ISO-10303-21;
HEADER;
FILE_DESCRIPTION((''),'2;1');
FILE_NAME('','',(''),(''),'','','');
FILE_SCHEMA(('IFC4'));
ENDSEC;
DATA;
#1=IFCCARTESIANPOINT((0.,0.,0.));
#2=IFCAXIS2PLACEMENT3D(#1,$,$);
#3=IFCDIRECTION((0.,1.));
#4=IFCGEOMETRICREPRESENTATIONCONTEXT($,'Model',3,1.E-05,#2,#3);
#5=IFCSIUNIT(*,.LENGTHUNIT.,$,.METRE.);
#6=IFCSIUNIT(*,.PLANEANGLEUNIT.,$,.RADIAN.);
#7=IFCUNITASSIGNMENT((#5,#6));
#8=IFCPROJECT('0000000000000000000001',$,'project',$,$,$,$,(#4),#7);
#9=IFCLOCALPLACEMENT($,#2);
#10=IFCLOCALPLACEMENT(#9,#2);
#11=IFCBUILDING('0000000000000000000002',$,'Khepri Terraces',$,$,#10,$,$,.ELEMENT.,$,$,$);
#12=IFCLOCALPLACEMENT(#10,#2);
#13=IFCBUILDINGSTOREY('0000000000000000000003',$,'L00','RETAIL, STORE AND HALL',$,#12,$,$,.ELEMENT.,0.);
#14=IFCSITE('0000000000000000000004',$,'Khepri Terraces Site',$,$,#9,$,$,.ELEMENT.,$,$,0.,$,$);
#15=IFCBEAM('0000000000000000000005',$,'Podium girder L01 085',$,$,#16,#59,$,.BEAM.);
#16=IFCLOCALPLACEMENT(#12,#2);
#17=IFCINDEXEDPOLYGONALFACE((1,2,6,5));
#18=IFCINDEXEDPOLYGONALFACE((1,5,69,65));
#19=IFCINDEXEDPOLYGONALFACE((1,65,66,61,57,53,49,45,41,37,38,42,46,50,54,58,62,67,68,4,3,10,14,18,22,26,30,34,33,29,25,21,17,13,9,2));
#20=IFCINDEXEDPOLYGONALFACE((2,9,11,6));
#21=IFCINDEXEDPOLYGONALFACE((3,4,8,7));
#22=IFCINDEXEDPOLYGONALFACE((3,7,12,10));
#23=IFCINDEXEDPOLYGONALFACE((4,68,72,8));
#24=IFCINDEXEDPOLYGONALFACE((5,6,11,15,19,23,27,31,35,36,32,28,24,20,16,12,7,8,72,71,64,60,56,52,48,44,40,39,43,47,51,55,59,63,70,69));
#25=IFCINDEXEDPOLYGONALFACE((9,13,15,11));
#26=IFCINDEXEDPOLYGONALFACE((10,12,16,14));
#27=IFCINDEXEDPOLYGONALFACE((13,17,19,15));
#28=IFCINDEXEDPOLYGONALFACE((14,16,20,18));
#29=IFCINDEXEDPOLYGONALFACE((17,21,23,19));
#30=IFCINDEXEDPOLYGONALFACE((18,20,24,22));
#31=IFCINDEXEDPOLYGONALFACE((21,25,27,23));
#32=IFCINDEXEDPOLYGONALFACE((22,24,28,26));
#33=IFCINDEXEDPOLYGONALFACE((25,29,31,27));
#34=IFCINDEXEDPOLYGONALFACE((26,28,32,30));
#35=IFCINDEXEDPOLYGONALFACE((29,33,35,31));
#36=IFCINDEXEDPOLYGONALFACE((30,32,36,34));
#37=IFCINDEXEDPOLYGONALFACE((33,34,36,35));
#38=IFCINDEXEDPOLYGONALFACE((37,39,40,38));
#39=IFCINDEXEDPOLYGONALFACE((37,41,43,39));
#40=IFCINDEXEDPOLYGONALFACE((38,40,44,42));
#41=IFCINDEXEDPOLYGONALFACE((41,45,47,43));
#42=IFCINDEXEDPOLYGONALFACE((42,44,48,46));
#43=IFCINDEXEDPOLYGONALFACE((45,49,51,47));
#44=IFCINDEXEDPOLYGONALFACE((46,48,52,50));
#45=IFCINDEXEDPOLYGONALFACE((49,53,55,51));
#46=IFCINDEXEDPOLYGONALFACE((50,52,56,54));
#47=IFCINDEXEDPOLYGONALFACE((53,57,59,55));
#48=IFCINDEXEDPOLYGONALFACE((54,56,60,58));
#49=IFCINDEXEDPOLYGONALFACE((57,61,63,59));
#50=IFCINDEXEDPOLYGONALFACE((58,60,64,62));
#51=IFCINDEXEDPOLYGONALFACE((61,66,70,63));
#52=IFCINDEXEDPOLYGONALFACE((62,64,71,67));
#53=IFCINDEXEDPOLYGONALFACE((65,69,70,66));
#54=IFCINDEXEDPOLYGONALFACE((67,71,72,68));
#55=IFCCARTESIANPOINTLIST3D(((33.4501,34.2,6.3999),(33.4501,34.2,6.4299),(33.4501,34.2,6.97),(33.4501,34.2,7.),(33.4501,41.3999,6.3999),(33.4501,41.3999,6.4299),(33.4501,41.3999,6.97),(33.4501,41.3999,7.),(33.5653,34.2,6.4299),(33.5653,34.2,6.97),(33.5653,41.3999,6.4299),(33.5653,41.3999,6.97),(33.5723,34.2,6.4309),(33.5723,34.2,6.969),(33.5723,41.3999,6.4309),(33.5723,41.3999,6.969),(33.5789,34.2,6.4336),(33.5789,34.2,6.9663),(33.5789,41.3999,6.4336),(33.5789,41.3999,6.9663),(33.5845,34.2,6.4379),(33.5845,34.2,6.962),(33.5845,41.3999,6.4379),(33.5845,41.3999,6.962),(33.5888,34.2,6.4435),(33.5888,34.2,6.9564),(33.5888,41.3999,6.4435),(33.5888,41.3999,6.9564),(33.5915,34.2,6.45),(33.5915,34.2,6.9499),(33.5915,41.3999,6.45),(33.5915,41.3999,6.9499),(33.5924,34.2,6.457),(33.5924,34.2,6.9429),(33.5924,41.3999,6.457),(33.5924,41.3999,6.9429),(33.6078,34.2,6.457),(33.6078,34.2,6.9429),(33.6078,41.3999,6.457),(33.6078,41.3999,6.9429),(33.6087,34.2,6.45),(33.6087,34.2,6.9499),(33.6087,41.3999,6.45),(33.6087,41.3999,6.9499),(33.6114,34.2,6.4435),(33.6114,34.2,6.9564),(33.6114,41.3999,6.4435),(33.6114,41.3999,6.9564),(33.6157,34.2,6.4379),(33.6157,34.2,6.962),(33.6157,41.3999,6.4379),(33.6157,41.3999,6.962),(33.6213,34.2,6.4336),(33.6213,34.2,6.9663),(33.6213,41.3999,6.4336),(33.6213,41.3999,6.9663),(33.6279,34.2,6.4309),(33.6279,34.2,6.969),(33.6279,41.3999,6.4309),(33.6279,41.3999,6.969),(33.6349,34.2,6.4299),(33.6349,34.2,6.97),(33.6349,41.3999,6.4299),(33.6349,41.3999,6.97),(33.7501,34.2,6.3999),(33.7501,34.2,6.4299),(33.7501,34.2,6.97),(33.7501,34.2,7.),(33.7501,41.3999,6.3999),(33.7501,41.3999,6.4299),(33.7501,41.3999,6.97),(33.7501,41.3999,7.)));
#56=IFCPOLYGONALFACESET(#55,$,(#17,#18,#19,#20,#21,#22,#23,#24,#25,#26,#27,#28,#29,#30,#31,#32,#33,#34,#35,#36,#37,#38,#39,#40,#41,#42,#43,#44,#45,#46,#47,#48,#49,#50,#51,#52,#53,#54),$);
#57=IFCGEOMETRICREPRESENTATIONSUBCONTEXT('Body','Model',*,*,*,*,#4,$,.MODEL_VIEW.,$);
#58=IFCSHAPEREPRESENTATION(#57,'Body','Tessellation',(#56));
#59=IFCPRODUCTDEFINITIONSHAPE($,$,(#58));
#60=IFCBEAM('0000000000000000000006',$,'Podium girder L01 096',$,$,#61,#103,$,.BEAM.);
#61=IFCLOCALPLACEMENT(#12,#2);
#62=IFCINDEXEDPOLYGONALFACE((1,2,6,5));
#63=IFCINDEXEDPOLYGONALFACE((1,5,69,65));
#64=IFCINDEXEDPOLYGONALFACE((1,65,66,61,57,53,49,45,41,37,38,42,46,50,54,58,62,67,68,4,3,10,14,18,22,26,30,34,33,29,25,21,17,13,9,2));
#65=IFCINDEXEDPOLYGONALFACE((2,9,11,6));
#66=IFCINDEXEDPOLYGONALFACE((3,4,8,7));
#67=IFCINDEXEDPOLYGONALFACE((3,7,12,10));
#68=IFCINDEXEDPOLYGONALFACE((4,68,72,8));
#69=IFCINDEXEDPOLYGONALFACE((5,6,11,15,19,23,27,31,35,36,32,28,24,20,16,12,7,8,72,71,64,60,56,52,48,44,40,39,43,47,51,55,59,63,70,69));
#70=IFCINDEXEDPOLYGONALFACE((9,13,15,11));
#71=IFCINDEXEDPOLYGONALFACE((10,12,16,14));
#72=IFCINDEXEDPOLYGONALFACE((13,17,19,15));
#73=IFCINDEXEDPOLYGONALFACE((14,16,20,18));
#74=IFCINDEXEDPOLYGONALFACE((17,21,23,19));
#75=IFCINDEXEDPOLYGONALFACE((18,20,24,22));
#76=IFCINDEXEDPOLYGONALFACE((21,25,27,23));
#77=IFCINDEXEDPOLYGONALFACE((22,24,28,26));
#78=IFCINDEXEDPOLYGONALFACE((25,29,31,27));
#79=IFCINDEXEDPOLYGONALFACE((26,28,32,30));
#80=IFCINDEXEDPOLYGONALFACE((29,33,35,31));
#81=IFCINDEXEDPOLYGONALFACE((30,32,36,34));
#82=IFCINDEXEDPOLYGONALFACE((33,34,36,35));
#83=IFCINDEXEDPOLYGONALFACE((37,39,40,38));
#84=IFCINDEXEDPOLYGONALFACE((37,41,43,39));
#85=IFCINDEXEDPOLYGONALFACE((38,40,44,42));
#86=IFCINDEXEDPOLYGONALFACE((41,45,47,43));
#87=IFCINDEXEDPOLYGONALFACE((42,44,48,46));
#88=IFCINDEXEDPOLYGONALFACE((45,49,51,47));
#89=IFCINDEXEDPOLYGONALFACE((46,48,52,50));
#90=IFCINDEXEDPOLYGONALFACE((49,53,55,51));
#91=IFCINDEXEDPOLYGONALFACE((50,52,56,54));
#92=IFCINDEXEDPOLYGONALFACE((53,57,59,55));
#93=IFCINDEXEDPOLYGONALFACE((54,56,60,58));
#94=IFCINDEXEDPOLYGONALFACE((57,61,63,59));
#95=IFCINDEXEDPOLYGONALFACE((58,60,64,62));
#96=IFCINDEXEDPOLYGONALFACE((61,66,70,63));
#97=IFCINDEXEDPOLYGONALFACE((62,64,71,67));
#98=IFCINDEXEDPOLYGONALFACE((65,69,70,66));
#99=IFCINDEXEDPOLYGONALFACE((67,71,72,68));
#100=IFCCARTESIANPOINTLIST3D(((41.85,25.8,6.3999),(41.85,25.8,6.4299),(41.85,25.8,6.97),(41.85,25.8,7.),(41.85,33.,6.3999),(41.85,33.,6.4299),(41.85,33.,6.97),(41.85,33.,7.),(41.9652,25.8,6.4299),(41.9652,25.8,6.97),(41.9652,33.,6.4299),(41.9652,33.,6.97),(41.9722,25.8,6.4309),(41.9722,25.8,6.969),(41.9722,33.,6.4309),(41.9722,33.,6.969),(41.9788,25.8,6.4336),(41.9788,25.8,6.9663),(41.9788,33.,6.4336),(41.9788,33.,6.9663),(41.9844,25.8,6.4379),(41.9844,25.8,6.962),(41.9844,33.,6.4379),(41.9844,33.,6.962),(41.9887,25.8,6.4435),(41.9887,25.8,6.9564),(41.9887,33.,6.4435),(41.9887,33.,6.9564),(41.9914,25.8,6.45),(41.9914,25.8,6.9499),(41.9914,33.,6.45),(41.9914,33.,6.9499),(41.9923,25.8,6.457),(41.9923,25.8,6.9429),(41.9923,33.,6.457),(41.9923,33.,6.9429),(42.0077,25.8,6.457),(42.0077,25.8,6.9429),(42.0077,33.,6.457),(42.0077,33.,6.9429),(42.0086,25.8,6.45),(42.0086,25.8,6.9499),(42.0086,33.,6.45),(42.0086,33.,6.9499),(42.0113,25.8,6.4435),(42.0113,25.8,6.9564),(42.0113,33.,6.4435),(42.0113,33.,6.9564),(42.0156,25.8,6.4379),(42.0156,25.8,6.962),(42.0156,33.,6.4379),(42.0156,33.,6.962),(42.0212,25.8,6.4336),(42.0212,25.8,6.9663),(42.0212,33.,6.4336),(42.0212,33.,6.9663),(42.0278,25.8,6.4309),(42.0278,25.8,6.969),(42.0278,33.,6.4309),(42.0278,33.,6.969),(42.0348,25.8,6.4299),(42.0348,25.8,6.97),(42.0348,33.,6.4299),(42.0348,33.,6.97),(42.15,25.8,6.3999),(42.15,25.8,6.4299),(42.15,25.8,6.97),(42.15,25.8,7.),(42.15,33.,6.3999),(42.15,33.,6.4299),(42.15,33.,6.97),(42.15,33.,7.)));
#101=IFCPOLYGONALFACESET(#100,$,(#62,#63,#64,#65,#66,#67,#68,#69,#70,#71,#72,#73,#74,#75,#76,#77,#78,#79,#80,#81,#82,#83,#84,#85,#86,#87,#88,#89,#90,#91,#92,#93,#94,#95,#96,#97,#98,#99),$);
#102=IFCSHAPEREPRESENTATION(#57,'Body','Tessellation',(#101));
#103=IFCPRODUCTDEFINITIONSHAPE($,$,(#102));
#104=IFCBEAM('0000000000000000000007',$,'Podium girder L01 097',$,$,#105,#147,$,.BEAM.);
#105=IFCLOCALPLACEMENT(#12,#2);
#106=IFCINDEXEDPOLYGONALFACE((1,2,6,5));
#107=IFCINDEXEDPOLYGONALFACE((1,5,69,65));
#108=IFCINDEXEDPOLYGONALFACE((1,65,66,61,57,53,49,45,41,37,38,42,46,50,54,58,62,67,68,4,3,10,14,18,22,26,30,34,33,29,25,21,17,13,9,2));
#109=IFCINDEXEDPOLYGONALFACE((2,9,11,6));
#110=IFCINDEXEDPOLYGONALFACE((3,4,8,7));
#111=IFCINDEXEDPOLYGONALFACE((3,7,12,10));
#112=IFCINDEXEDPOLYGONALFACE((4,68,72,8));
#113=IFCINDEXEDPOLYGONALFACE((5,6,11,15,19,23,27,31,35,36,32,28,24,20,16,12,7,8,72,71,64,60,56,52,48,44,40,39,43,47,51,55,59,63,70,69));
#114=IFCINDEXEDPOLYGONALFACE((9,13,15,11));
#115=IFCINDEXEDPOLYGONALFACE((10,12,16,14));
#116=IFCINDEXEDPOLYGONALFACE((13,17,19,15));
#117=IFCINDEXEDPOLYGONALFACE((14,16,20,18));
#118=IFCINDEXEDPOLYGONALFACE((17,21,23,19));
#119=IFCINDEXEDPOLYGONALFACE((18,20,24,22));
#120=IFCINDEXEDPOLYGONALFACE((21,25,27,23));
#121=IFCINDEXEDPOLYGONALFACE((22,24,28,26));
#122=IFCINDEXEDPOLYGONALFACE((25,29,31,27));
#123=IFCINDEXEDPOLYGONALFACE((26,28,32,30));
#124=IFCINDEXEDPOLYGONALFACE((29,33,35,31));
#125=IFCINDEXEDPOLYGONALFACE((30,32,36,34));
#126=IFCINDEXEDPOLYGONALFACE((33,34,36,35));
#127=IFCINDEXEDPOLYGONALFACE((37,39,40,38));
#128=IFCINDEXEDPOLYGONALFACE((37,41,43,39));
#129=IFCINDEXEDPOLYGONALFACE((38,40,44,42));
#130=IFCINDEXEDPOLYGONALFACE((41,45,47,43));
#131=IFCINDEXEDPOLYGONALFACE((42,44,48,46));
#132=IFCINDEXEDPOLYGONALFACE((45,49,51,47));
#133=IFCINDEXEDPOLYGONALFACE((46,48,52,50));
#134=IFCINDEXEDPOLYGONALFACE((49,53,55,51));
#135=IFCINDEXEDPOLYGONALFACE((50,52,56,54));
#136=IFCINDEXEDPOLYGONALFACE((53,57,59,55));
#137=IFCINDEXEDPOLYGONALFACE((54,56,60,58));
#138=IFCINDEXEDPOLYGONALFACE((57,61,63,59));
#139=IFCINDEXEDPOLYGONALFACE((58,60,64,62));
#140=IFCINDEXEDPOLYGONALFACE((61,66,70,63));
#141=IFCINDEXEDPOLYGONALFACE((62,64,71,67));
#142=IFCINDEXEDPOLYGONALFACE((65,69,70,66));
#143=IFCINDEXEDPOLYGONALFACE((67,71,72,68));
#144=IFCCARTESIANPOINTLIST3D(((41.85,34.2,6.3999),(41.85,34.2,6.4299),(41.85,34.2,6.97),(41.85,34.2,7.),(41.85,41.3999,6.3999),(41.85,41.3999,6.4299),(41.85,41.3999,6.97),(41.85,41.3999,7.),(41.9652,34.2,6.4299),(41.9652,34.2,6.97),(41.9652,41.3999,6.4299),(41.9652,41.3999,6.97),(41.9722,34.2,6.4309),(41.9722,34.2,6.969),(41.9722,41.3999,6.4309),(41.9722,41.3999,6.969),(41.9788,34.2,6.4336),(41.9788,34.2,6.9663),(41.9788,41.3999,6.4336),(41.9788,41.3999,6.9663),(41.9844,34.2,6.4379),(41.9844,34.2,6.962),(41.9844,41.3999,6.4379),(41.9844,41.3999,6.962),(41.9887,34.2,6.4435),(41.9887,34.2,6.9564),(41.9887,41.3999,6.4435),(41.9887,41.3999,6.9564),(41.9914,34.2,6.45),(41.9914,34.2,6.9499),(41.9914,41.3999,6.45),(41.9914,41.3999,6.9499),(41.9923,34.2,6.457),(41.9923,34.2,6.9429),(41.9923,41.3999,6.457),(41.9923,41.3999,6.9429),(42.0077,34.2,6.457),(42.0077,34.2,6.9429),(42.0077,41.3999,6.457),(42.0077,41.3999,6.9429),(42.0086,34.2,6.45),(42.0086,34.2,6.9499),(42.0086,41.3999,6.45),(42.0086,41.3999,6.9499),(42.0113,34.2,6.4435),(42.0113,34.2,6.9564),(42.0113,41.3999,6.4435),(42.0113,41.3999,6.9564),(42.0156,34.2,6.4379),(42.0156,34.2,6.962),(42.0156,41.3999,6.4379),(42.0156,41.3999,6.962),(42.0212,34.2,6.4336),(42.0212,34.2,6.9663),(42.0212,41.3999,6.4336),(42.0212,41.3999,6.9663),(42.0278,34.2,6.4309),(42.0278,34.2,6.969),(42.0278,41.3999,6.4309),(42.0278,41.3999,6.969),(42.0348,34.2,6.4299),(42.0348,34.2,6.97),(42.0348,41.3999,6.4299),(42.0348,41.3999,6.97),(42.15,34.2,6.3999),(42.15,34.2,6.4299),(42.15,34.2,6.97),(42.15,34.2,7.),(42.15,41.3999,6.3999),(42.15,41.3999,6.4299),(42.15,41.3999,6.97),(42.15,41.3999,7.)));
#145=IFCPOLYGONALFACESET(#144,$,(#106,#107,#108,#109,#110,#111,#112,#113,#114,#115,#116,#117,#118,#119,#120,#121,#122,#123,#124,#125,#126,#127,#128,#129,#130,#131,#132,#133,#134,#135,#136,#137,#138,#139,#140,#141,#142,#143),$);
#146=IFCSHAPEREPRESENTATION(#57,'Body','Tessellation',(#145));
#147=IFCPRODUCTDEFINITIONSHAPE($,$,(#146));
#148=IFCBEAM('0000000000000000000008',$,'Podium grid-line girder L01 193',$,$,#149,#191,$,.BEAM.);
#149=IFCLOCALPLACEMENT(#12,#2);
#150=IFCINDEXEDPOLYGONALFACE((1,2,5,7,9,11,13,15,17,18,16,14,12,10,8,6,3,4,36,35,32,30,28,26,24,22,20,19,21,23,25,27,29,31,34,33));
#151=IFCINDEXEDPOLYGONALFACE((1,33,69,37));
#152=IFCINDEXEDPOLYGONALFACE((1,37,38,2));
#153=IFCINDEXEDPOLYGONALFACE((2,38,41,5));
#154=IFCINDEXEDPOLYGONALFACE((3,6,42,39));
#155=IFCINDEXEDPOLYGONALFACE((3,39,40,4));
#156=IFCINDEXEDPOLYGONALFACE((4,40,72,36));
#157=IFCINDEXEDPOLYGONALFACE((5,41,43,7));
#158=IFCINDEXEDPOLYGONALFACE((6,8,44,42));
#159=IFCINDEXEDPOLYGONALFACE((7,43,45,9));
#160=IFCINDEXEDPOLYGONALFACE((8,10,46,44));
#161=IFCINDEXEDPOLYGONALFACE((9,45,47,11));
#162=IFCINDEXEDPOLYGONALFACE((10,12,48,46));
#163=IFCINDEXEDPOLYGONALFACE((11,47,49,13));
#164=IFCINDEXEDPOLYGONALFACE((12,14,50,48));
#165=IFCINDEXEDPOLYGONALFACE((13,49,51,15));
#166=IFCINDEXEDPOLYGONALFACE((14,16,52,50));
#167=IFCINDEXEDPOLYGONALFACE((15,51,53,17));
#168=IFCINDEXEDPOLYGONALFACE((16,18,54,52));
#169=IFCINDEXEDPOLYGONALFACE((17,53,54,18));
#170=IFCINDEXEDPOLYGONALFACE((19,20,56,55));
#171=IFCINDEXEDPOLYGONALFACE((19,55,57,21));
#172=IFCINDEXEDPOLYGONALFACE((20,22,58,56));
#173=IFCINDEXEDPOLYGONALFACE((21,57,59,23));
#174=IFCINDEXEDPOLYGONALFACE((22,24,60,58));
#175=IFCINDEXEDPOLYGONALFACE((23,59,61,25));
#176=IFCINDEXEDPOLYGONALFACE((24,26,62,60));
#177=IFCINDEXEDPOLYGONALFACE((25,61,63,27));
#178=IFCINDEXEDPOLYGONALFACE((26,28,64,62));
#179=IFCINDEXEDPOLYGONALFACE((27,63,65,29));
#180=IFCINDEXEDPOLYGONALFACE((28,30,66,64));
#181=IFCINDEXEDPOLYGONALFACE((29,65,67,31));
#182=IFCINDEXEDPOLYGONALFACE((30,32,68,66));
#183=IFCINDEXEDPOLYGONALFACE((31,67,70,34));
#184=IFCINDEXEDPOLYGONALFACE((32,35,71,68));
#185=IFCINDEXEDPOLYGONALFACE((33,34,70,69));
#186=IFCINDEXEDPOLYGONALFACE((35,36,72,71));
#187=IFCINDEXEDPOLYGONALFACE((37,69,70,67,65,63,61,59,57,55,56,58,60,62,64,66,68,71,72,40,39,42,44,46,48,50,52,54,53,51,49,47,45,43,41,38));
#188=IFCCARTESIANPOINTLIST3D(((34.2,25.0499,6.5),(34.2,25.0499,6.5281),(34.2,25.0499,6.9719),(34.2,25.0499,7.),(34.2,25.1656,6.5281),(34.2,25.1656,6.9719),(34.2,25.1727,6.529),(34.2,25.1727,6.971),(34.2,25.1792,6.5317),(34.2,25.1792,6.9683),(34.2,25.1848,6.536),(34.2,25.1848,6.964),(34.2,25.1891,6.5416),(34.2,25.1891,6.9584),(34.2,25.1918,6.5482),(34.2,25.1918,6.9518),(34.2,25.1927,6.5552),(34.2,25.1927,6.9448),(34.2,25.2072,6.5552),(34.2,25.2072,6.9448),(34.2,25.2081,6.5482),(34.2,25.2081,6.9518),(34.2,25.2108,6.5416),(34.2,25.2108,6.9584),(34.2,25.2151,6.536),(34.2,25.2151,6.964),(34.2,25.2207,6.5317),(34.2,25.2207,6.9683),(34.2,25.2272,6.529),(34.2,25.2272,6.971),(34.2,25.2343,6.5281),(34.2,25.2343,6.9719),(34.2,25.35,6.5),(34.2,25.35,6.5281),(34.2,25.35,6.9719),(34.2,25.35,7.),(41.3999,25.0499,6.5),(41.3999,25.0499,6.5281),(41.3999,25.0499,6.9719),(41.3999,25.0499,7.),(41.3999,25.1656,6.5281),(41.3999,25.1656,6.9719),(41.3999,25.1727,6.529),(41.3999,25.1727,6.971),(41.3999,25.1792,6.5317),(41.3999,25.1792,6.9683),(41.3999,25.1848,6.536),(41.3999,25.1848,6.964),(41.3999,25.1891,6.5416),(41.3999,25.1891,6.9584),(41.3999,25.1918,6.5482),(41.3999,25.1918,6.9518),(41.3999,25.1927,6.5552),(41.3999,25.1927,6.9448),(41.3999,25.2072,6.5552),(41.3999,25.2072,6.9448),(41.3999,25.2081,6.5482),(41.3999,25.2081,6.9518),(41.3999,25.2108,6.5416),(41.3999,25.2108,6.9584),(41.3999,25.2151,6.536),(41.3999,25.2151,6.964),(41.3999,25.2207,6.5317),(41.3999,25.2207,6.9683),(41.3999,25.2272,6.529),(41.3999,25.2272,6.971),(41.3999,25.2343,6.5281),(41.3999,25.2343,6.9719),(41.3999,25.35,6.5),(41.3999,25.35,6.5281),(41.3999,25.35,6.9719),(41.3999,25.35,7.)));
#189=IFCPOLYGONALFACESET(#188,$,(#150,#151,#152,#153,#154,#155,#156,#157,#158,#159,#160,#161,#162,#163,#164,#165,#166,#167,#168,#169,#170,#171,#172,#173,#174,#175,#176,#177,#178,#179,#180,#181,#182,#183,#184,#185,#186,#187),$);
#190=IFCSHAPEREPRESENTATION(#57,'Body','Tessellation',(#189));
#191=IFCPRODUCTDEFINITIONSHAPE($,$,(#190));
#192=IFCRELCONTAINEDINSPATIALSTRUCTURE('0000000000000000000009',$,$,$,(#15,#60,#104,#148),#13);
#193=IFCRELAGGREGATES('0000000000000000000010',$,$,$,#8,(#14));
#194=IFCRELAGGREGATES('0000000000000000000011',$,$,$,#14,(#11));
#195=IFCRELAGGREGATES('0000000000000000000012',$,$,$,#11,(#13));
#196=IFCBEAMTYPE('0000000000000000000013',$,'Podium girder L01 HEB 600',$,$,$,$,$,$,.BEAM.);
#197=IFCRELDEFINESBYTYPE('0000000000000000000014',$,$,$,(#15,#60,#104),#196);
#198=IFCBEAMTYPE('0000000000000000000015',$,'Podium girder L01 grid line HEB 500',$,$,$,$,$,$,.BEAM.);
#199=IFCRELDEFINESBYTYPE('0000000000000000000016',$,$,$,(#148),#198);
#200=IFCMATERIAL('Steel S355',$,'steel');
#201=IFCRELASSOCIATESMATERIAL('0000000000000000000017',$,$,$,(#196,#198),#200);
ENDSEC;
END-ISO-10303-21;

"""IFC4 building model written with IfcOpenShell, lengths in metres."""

from ifc_helpers import new_model, si_unit, direction, frame, origin, origin_2d, place, context, subcontext, project, spatial, i_section, extrude, material, material_profile, profile_set, type_object, element, save


model = new_model("IFC4")

# Units and contexts
model_context = context("Model", 3, precision=1e-05, world=origin(), true_north=direction((0.0, 1.0)))
body_context = subcontext(model_context, "Body", "Model", "MODEL_VIEW")
ifc_project = project(units=[si_unit("LENGTHUNIT", "METRE"), si_unit("PLANEANGLEUNIT", "RADIAN")], contexts=[model_context])

# Site, building, storey
site_placement = place(None, origin())
site = spatial("IfcSite", under=ifc_project, at=site_placement, Name="Khepri Terraces Site", CompositionType="ELEMENT", RefElevation=0.0)
building_placement = place(site_placement, origin())
building = spatial("IfcBuilding", under=site, at=building_placement, Name="Khepri Terraces", CompositionType="ELEMENT")
storey_placement = place(building_placement, origin())
storey = spatial("IfcBuildingStorey", under=building, at=storey_placement, Name="L00", Description="RETAIL, STORE AND HALL", CompositionType="ELEMENT", Elevation=0.0)

# Beams
ifc_material_1 = material(Name="Steel S355", Category="steel")
ifc_material_profile_1 = material_profile(ifc_material_1, i_section(OverallWidth=0.3, OverallDepth=0.6001, WebThickness=0.0154, FlangeThickness=0.03, FilletRadius=0.0271, at=origin_2d()), Name="Steel S355", Category="steel")
ifc_profile_set_1 = profile_set([ifc_material_profile_1], Name="Steel S355")
beam_type_1 = type_object("IfcBeamType", Name="Podium girder L01 HEB 600", PredefinedType="BEAM", material=ifc_profile_set_1)
for number, where, z_axis, x_axis, name in (
    (1, (33.6001, 34.2, 6.7), (0.0, 1.0, 0.0), (-1.0, 0.0, 0.0), "Podium girder L01 085"),
    (2, (42.0, 25.8, 6.7), (0.0, 1.0, 0.0), (-1.0, 0.0, 0.0), "Podium girder L01 096"),
    (3, (42.0, 34.2, 6.7), (0.0, 1.0, 0.0), (-1.0, 0.0, 0.0), "Podium girder L01 097"),
):
    element("IfcBeam", number, at=place(storey_placement, frame(where, z_axis=z_axis, x_axis=x_axis)), inside=storey, type_object=beam_type_1, Name=name, PredefinedType="BEAM", context=body_context, shape_type="SweptSolid", body=[
        extrude(i_section(OverallWidth=0.3, OverallDepth=0.6001, WebThickness=0.0154, FlangeThickness=0.03, FilletRadius=0.0271, at=origin_2d()), origin(), (0.0, 0.0, 1.0), 7.2),
    ])
ifc_material_profile_2 = material_profile(ifc_material_1, i_section(OverallWidth=0.3, OverallDepth=0.5, WebThickness=0.0144, FlangeThickness=0.0281, FilletRadius=0.0271, at=origin_2d()), Name="Steel S355", Category="steel")
ifc_profile_set_2 = profile_set([ifc_material_profile_2], Name="Steel S355")
beam_type_2 = type_object("IfcBeamType", Name="Podium girder L01 grid line HEB 500", PredefinedType="BEAM", material=ifc_profile_set_2)
for number, where, z_axis, x_axis, name in (
    (4, (34.2, 25.2, 6.75), (1.0, 0.0, 0.0), (0.0, 1.0, 0.0), "Podium grid-line girder L01 193"),
):
    element("IfcBeam", number, at=place(storey_placement, frame(where, z_axis=z_axis, x_axis=x_axis)), inside=storey, type_object=beam_type_2, Name=name, PredefinedType="BEAM", context=body_context, shape_type="SweptSolid", body=[
        extrude(i_section(OverallWidth=0.3, OverallDepth=0.5, WebThickness=0.0144, FlangeThickness=0.0281, FilletRadius=0.0271, at=origin_2d()), origin(), (0.0, 0.0, 1.0), 7.2),
    ])

save(model, "model.ifc")
